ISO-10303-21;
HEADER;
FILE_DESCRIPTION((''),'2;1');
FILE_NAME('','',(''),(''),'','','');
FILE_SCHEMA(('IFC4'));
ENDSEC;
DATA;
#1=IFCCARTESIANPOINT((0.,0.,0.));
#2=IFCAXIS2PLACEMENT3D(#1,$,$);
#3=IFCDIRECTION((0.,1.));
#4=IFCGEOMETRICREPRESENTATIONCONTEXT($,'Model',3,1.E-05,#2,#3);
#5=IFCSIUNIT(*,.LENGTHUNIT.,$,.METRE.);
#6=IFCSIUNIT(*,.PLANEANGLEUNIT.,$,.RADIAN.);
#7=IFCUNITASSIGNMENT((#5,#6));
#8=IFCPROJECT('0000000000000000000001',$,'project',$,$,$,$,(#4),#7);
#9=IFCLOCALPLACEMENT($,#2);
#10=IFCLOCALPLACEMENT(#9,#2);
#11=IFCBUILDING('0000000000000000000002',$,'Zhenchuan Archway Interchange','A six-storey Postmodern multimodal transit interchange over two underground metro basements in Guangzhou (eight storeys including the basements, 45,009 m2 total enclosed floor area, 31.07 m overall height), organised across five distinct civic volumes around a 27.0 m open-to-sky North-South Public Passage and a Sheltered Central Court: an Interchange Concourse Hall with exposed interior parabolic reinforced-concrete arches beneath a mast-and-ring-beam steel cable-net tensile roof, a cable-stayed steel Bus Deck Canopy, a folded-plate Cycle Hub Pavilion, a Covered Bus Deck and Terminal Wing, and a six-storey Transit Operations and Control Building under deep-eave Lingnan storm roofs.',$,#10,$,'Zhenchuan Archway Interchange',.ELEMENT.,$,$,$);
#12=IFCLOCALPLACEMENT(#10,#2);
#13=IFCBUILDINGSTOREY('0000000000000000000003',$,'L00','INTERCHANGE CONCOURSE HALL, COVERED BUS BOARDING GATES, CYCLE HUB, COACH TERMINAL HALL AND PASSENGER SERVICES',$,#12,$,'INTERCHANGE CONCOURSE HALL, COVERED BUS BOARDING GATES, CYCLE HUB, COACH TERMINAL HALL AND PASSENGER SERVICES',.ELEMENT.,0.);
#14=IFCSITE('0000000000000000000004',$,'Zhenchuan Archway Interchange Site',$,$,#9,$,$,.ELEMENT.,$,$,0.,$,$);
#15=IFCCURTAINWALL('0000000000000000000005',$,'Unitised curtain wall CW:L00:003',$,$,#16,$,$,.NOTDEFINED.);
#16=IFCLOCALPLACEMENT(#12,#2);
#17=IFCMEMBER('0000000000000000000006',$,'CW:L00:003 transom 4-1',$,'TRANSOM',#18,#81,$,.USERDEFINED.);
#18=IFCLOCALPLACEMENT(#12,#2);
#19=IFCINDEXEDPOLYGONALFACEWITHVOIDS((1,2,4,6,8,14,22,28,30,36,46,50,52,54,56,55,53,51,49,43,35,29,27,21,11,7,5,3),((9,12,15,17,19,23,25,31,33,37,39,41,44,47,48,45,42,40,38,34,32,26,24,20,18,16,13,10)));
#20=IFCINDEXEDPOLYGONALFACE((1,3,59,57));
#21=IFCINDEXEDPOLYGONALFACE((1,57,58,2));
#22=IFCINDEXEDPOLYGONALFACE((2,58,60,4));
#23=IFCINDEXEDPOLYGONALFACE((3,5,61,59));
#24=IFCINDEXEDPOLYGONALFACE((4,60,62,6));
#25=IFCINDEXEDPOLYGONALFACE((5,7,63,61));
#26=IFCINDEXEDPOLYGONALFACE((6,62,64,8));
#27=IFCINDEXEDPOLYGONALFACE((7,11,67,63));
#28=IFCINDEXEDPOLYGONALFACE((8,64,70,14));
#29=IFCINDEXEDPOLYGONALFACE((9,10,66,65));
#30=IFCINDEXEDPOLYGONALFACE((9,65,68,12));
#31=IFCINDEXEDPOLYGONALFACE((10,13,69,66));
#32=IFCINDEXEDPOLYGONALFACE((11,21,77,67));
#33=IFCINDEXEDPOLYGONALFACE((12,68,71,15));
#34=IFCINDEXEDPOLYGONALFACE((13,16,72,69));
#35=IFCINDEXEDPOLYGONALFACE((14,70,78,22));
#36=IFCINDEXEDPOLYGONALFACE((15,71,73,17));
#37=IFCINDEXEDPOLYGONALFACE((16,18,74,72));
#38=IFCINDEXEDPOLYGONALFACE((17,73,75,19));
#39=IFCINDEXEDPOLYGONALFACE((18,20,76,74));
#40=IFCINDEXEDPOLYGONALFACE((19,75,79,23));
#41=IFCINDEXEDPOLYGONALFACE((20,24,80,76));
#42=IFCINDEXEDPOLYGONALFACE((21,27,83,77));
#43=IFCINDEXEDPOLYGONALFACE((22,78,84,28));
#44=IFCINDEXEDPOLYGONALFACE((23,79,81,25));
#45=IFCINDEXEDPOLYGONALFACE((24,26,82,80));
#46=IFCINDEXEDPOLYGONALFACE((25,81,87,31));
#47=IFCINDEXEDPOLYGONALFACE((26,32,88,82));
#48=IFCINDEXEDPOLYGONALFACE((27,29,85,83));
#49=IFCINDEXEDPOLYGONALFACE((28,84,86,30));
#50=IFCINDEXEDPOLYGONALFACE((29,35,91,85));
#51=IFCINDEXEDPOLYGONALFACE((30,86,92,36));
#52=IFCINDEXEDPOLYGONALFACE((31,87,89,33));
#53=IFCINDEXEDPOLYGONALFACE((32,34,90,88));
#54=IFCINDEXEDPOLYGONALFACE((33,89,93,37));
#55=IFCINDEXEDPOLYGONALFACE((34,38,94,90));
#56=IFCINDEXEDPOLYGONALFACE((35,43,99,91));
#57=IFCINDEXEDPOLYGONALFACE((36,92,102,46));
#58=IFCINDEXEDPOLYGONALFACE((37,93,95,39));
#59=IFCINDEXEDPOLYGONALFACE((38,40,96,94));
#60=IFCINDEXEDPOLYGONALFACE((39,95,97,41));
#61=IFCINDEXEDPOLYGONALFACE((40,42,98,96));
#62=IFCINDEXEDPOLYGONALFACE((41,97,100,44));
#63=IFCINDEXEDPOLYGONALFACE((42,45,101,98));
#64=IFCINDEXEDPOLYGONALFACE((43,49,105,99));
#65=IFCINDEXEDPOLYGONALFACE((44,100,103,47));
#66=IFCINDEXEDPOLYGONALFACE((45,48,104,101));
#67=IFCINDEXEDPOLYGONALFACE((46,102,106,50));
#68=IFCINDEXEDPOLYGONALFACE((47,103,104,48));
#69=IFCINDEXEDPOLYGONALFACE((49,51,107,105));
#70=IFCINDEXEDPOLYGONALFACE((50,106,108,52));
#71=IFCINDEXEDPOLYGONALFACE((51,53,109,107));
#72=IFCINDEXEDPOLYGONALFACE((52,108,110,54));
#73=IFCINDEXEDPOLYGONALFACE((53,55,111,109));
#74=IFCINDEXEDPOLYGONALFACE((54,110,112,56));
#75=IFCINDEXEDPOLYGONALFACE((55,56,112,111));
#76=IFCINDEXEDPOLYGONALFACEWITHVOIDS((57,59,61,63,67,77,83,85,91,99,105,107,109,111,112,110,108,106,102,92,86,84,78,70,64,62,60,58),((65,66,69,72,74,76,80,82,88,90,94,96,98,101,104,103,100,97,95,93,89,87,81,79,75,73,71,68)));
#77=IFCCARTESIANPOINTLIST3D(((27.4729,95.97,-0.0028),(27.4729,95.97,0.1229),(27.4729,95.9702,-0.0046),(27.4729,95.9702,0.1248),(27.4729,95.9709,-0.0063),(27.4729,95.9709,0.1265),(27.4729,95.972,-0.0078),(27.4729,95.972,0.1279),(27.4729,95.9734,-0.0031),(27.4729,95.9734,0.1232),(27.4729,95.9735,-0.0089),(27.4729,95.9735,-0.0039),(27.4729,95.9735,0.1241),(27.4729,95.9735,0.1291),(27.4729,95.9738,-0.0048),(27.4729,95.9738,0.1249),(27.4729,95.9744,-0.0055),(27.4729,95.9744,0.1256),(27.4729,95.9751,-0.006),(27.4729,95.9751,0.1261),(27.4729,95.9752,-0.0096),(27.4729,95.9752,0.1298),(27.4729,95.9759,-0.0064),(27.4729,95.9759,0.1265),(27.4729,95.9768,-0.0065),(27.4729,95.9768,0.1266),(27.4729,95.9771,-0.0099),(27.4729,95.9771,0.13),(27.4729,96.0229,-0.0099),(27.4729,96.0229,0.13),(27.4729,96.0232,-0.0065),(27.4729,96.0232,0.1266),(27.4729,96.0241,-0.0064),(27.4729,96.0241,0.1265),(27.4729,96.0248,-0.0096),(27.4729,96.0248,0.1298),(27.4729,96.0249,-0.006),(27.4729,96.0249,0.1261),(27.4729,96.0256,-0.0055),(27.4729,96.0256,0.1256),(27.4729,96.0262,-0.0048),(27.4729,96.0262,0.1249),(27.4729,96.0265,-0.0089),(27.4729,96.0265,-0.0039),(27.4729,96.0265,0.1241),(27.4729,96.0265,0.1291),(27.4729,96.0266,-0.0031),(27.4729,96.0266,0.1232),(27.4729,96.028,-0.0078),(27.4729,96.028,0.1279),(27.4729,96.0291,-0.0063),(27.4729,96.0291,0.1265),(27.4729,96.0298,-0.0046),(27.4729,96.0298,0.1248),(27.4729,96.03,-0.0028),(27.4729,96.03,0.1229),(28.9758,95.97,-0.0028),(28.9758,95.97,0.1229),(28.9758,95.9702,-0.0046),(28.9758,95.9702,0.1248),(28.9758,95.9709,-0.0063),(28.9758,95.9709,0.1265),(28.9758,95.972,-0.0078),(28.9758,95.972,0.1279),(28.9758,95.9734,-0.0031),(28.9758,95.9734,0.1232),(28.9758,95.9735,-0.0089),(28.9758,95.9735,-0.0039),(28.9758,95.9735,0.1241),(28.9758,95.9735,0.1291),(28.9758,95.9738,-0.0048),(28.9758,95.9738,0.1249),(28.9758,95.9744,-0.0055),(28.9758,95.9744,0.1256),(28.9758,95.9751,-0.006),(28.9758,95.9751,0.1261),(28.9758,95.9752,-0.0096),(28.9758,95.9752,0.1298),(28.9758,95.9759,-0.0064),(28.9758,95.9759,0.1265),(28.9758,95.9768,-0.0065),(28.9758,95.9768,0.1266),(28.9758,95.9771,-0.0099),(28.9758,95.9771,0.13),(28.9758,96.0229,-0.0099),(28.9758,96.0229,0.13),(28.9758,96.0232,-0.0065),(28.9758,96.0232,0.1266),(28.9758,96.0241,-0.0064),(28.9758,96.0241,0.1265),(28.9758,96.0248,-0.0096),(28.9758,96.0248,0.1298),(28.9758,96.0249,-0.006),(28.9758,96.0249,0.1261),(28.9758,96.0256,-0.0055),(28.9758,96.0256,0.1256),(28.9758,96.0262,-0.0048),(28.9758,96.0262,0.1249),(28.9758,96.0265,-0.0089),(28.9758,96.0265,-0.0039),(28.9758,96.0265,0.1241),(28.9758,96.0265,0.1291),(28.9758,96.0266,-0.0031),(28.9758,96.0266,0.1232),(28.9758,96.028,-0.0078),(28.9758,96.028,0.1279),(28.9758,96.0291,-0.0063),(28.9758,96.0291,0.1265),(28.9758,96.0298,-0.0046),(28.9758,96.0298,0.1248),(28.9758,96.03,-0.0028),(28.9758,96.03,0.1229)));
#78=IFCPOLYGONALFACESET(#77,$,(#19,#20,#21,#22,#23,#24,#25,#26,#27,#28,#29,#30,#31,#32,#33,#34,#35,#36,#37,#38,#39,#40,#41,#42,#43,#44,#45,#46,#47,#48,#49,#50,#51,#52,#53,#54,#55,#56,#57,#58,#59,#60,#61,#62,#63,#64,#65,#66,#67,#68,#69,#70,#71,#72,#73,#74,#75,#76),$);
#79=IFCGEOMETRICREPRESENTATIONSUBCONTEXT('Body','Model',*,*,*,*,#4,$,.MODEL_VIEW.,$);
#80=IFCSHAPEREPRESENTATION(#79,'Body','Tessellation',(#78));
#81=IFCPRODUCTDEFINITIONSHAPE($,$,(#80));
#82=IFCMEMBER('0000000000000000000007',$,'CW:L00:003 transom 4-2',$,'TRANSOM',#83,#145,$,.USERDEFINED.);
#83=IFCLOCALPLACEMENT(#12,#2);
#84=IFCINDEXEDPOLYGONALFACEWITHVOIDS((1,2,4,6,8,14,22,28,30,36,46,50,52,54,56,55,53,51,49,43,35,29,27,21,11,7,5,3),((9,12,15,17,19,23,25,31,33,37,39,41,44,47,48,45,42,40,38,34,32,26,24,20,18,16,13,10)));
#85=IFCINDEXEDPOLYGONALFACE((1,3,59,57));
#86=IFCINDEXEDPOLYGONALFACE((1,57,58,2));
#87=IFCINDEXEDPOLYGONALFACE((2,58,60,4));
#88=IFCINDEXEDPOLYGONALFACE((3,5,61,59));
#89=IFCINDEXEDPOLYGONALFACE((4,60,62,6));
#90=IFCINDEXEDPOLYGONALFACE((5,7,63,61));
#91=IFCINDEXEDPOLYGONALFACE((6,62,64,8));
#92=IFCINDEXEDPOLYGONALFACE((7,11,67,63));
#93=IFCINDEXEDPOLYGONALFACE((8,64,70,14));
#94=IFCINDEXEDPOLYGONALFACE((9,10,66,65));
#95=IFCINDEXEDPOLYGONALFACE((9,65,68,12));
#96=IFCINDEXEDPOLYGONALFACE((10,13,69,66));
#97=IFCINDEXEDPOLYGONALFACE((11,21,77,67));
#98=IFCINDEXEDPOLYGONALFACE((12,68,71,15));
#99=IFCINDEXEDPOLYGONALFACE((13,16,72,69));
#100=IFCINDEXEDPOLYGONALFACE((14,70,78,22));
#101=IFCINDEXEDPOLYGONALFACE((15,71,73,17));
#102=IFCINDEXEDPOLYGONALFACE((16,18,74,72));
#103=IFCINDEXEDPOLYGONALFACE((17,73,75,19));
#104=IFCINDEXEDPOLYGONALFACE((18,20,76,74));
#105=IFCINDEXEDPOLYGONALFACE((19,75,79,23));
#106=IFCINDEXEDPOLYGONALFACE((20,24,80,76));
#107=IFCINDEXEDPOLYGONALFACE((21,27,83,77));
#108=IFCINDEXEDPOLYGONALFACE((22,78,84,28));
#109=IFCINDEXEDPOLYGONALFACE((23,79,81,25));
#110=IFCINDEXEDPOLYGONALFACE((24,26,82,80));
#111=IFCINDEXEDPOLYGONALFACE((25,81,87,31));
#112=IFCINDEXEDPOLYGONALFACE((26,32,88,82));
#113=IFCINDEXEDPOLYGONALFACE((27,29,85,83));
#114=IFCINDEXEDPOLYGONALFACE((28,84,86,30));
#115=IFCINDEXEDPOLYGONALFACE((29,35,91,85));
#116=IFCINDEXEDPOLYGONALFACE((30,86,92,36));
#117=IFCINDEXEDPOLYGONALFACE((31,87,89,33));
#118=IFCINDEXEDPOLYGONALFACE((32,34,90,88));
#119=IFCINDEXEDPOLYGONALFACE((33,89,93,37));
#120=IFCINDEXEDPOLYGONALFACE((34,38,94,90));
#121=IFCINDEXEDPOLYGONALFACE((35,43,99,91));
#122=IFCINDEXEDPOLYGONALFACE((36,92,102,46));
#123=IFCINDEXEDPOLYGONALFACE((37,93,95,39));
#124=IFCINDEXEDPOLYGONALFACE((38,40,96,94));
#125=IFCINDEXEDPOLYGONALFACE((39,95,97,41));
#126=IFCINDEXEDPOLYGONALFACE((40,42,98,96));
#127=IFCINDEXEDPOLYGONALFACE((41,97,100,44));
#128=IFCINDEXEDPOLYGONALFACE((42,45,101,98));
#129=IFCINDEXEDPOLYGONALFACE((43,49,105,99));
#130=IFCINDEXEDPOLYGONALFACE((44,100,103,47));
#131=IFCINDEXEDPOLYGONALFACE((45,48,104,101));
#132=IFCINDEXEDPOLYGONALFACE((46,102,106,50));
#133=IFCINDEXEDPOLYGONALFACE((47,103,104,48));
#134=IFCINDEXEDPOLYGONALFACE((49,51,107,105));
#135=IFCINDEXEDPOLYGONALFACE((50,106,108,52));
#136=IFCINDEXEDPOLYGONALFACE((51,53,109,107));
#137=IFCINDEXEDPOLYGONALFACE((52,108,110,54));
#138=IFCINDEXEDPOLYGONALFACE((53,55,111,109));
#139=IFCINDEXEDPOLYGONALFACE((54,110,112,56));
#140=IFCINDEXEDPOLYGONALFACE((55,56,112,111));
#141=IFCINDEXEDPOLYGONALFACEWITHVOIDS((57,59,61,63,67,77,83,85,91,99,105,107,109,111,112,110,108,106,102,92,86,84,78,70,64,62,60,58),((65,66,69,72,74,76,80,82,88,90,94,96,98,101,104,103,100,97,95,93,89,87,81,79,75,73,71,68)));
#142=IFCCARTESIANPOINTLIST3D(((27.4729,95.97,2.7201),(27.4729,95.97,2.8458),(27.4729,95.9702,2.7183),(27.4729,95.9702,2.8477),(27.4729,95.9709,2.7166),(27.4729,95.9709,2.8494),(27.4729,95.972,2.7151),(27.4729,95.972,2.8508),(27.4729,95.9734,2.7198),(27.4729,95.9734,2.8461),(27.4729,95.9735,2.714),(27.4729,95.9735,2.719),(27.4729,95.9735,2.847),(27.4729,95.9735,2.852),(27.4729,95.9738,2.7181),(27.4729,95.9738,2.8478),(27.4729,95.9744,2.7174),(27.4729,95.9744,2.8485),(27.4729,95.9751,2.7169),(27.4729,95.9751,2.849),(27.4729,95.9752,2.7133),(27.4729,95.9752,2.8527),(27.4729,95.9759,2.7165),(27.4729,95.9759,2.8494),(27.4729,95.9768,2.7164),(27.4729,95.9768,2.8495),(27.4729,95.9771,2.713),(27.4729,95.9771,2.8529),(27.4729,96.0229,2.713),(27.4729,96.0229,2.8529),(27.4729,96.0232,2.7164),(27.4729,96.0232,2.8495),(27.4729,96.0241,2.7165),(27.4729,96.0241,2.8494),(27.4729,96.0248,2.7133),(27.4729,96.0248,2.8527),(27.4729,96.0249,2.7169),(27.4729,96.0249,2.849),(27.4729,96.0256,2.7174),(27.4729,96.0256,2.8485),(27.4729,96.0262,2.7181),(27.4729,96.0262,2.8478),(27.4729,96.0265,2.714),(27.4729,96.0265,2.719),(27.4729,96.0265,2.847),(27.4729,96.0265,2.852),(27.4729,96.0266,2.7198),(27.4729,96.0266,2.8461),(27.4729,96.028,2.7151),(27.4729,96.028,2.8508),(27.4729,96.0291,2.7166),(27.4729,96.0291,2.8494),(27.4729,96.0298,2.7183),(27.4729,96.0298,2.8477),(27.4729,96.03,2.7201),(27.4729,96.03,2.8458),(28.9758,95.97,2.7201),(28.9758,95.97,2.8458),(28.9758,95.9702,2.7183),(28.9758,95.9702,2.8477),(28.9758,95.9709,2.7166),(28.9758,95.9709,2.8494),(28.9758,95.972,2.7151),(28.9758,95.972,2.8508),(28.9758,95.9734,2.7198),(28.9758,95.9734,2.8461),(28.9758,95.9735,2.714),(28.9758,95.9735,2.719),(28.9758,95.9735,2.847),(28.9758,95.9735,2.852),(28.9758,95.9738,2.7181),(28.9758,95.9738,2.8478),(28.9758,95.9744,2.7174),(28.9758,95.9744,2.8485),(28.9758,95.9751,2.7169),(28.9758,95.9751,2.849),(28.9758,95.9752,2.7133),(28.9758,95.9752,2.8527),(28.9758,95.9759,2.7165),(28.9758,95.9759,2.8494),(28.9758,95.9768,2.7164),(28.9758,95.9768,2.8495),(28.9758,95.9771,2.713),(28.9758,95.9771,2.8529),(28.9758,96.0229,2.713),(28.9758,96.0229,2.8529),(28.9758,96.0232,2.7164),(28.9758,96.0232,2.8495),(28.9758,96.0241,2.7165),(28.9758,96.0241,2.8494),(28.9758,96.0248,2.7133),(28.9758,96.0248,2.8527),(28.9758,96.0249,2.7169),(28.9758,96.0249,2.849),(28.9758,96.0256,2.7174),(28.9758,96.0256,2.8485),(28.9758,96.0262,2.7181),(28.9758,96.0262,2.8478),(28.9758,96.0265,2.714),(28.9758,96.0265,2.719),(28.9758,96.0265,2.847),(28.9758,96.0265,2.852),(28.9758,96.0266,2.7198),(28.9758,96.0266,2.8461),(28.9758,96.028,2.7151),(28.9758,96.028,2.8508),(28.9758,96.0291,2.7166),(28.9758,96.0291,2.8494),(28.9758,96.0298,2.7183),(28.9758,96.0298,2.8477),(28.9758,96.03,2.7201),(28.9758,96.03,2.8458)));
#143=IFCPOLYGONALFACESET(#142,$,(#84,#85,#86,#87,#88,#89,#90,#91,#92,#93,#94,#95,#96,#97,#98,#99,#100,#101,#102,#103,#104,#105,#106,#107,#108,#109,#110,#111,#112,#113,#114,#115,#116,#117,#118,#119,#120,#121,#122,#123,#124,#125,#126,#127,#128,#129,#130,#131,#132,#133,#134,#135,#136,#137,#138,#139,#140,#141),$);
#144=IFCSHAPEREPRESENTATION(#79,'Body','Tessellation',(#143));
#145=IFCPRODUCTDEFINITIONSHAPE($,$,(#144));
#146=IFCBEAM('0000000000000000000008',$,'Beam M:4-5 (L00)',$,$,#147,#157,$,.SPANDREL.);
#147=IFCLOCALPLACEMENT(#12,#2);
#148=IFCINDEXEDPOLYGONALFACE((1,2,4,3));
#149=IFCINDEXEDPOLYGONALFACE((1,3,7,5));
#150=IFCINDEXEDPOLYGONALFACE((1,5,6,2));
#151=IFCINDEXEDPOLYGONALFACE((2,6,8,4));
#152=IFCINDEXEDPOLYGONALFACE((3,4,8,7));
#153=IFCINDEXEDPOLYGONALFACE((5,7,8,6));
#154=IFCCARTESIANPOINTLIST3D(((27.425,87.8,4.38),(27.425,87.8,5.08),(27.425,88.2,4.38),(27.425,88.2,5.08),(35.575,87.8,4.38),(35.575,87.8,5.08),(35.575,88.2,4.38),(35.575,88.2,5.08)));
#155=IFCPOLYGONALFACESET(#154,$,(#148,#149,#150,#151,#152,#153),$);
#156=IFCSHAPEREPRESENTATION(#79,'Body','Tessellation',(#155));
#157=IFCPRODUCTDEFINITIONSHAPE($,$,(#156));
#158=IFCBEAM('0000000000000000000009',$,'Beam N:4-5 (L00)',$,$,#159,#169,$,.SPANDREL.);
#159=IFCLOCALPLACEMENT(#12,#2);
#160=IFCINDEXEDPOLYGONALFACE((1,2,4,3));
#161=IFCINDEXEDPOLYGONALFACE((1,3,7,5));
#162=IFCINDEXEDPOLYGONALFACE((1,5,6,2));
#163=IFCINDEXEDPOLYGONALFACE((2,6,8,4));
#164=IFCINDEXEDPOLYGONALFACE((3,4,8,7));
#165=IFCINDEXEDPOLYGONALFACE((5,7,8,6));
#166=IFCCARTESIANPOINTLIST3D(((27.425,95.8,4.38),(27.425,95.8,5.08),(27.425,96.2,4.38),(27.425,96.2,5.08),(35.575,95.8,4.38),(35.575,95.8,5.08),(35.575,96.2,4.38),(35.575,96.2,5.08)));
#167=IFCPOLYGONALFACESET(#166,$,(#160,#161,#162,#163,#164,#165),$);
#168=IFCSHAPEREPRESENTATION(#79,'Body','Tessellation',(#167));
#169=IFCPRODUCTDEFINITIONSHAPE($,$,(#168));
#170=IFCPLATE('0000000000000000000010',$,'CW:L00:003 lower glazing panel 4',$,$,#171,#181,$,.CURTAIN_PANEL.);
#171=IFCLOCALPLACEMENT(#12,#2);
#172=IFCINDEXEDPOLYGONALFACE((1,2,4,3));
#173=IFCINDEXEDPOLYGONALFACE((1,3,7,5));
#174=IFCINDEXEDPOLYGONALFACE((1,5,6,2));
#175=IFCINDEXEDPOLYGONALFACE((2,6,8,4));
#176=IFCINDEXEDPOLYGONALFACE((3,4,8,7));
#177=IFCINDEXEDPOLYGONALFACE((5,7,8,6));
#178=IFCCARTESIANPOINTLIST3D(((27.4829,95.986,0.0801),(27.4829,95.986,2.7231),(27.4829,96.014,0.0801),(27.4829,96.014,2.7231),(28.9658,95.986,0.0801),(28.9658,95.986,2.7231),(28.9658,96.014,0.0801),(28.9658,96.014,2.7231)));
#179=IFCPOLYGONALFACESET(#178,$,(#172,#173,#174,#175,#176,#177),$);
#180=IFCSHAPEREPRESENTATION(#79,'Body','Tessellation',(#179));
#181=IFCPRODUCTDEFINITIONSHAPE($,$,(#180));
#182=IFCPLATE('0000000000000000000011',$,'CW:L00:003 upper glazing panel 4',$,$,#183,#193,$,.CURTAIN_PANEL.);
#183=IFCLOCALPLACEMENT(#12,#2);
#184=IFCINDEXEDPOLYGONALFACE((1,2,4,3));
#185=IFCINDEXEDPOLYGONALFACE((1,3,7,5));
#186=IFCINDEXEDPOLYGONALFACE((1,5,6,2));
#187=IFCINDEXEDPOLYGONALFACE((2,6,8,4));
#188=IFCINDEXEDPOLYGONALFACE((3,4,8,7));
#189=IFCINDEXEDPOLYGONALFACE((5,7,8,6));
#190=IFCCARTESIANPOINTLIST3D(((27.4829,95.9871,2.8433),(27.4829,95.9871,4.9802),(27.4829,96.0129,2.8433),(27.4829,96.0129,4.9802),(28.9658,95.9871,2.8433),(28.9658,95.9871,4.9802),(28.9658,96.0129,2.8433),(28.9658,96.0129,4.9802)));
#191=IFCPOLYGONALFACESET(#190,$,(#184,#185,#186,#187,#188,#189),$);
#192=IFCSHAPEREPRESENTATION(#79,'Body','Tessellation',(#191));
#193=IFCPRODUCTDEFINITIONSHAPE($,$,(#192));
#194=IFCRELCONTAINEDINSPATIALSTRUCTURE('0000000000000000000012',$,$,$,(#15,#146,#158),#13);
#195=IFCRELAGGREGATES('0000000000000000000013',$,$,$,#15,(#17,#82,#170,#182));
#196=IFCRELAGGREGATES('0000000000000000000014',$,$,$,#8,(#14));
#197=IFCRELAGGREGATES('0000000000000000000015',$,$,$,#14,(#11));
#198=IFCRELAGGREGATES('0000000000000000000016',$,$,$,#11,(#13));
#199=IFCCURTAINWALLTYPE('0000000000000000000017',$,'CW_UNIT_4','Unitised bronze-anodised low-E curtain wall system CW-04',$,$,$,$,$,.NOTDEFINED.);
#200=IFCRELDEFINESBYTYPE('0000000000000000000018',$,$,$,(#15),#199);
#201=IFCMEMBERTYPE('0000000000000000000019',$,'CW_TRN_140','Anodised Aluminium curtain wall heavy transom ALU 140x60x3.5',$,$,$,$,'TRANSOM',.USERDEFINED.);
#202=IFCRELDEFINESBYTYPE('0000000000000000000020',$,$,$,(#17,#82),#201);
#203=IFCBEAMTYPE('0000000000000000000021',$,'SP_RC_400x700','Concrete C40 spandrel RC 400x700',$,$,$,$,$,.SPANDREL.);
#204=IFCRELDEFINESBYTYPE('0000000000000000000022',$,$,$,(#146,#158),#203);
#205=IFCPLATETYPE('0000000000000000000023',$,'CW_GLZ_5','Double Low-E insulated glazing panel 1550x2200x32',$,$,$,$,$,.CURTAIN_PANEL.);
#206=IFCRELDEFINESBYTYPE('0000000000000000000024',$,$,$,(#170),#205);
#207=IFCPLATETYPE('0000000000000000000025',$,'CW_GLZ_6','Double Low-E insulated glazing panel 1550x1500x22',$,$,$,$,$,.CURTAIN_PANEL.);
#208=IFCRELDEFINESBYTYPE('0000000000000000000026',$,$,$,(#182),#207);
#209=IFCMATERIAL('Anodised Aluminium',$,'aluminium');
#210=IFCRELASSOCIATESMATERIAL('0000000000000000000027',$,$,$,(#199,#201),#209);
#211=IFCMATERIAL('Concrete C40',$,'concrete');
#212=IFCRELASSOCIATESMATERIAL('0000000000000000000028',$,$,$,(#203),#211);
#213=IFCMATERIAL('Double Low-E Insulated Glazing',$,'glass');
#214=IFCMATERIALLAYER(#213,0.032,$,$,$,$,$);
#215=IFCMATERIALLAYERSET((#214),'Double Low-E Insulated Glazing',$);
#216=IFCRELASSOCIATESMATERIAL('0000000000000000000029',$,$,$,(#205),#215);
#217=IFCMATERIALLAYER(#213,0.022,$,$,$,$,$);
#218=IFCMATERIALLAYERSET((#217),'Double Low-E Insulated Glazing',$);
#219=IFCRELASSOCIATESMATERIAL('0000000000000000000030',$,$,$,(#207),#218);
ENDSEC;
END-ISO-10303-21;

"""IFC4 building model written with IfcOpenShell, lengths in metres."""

from ifc_helpers import new_model, si_unit, direction, frame, origin, origin_2d, place, context, subcontext, project, spatial, rectangle, hollow_rectangle, extrude, material, layer, layer_set, material_profile, profile_set, type_object, element, aggregate, save


model = new_model("IFC4")

# Units and contexts
model_context = context("Model", 3, precision=1e-05, world=origin(), true_north=direction((0.0, 1.0)))
body_context = subcontext(model_context, "Body", "Model", "MODEL_VIEW")
ifc_project = project(units=[si_unit("LENGTHUNIT", "METRE"), si_unit("PLANEANGLEUNIT", "RADIAN")], contexts=[model_context])

# Site, building, storey
site_placement = place(None, origin())
site = spatial("IfcSite", under=ifc_project, at=site_placement, Name="Zhenchuan Archway Interchange Site", CompositionType="ELEMENT", RefElevation=0.0)
building_placement = place(site_placement, origin())
building = spatial("IfcBuilding", under=site, at=building_placement, Name="Zhenchuan Archway Interchange", Description="A six-storey Postmodern multimodal transit interchange over two underground metro basements in Guangzhou (eight storeys including the basements, 45,009 m2 total enclosed floor area, 31.07 m overall height), organised across five distinct civic volumes around a 27.0 m open-to-sky North-South Public Passage and a Sheltered Central Court: an Interchange Concourse Hall with exposed interior parabolic reinforced-concrete arches beneath a mast-and-ring-beam steel cable-net tensile roof, a cable-stayed steel Bus Deck Canopy, a folded-plate Cycle Hub Pavilion, a Covered Bus Deck and Terminal Wing, and a six-storey Transit Operations and Control Building under deep-eave Lingnan storm roofs.", LongName="Zhenchuan Archway Interchange", CompositionType="ELEMENT")
storey_placement = place(building_placement, origin())
storey = spatial("IfcBuildingStorey", under=building, at=storey_placement, Name="L00", Description="INTERCHANGE CONCOURSE HALL, COVERED BUS BOARDING GATES, CYCLE HUB, COACH TERMINAL HALL AND PASSENGER SERVICES", LongName="INTERCHANGE CONCOURSE HALL, COVERED BUS BOARDING GATES, CYCLE HUB, COACH TERMINAL HALL AND PASSENGER SERVICES", CompositionType="ELEMENT", Elevation=0.0)

# Shared definitions
ifc_material_1 = material(Name="Concrete C40", Category="concrete")

# Shared definitions
ifc_material_2 = material(Name="Anodised Aluminium", Category="aluminium")

# Curtain wall, members
curtain_wall_type_1 = type_object("IfcCurtainWallType", Name="CW_UNIT_4", Description="Unitised bronze-anodised low-E curtain wall system CW-04", PredefinedType="NOTDEFINED", material=ifc_material_2)
curtain_wall_1_placement = place(storey_placement, origin())
curtain_wall_1 = element("IfcCurtainWall", 1, at=curtain_wall_1_placement, inside=storey, type_object=curtain_wall_type_1, Name="Unitised curtain wall CW:L00:003", PredefinedType="NOTDEFINED")
ifc_material_profile_1 = material_profile(ifc_material_2, hollow_rectangle(XDim=0.0601, YDim=0.1399, WallThickness=0.0034, InnerFilletRadius=0.0034, OuterFilletRadius=0.0071, at=origin_2d()), Name="ALU 140x60x3.5")
ifc_profile_set_1 = profile_set([ifc_material_profile_1], Name="Anodised Aluminium")
member_type_1 = type_object("IfcMemberType", Name="CW_TRN_140", Description="Anodised Aluminium curtain wall heavy transom ALU 140x60x3.5", ElementType="TRANSOM", PredefinedType="USERDEFINED", material=ifc_profile_set_1)
member_1_placement = place(storey_placement, frame((28.9758, 96.0, 0.0601), z_axis=(-1.0, 0.0, 0.0), x_axis=(0.0, -1.0, 0.0)))
member_1 = element("IfcMember", 2, at=member_1_placement, type_object=member_type_1, Name="CW:L00:003 transom 4-1", ObjectType="TRANSOM", PredefinedType="USERDEFINED", context=body_context, shape_type="SweptSolid", body=[
    extrude(hollow_rectangle(XDim=0.0601, YDim=0.1399, WallThickness=0.0034, InnerFilletRadius=0.0034, OuterFilletRadius=0.0071, at=origin_2d()), origin(), (0.0, 0.0, 1.0), 1.5029),
])
member_2_placement = place(storey_placement, frame((28.9758, 96.0, 2.783), z_axis=(-1.0, 0.0, 0.0), x_axis=(0.0, -1.0, 0.0)))
member_2 = element("IfcMember", 3, at=member_2_placement, type_object=member_type_1, Name="CW:L00:003 transom 4-2", ObjectType="TRANSOM", PredefinedType="USERDEFINED", context=body_context, shape_type="SweptSolid", body=[
    extrude(hollow_rectangle(XDim=0.0601, YDim=0.1399, WallThickness=0.0034, InnerFilletRadius=0.0034, OuterFilletRadius=0.0071, at=origin_2d()), origin(), (0.0, 0.0, 1.0), 1.5029),
])

# Beams
ifc_material_profile_2 = material_profile(ifc_material_1, rectangle(XDim=0.3999, YDim=0.7, at=origin_2d()), Name="RC 400x700")
ifc_profile_set_2 = profile_set([ifc_material_profile_2], Name="Concrete C40")
beam_type = type_object("IfcBeamType", Name="SP_RC_400x700", Description="Concrete C40 spandrel RC 400x700", PredefinedType="SPANDREL", material=ifc_profile_set_2)
for number, where, z_axis, x_axis, name in (
    (4, (27.425, 88.0, 4.73), (1.0, 0.0, 0.0), (0.0, 1.0, 0.0), "Beam M:4-5 (L00)"),
    (5, (27.425, 96.0, 4.73), (1.0, 0.0, 0.0), (0.0, 1.0, 0.0), "Beam N:4-5 (L00)"),
):
    element("IfcBeam", number, at=place(storey_placement, frame(where, z_axis=z_axis, x_axis=x_axis)), inside=storey, type_object=beam_type, Name=name, PredefinedType="SPANDREL", context=body_context, shape_type="SweptSolid", body=[
        extrude(rectangle(XDim=0.3999, YDim=0.7, at=origin_2d()), origin(), (0.0, 0.0, 1.0), 8.1499),
    ])

# Plates
ifc_material_3 = material(Name="Double Low-E Insulated Glazing", Category="glass")
ifc_layer_1 = layer(ifc_material_3, 0.032)
ifc_layer_set_1 = layer_set([ifc_layer_1], Name="Double Low-E Insulated Glazing")
plate_type_1 = type_object("IfcPlateType", Name="CW_GLZ_5", Description="Double Low-E insulated glazing panel 1550x2200x32", PredefinedType="CURTAIN_PANEL", material=ifc_layer_set_1)
plate_1_placement = place(storey_placement, frame((28.2244, 96.0, 0.0801), z_axis=(0.0, 0.0, 1.0), x_axis=(-1.0, 0.0, 0.0)))
plate_1 = element("IfcPlate", 6, at=plate_1_placement, type_object=plate_type_1, Name="CW:L00:003 lower glazing panel 4", PredefinedType="CURTAIN_PANEL", context=body_context, shape_type="SweptSolid", body=[
    extrude(rectangle(XDim=1.4829, YDim=0.0281, at=origin_2d()), origin(), (0.0, 0.0, 1.0), 2.6431),
])
ifc_layer_2 = layer(ifc_material_3, 0.022)
ifc_layer_set_2 = layer_set([ifc_layer_2], Name="Double Low-E Insulated Glazing")
plate_type_2 = type_object("IfcPlateType", Name="CW_GLZ_6", Description="Double Low-E insulated glazing panel 1550x1500x22", PredefinedType="CURTAIN_PANEL", material=ifc_layer_set_2)
plate_2_placement = place(storey_placement, frame((28.2244, 96.0, 2.8433), z_axis=(0.0, 0.0, 1.0), x_axis=(-1.0, 0.0, 0.0)))
plate_2 = element("IfcPlate", 7, at=plate_2_placement, type_object=plate_type_2, Name="CW:L00:003 upper glazing panel 4", PredefinedType="CURTAIN_PANEL", context=body_context, shape_type="SweptSolid", body=[
    extrude(rectangle(XDim=1.4829, YDim=0.0259, at=origin_2d()), origin(), (0.0, 0.0, 1.0), 2.137),
])
aggregate(curtain_wall_1, [member_1, member_2, plate_1, plate_2])

save(model, "model.ifc")
